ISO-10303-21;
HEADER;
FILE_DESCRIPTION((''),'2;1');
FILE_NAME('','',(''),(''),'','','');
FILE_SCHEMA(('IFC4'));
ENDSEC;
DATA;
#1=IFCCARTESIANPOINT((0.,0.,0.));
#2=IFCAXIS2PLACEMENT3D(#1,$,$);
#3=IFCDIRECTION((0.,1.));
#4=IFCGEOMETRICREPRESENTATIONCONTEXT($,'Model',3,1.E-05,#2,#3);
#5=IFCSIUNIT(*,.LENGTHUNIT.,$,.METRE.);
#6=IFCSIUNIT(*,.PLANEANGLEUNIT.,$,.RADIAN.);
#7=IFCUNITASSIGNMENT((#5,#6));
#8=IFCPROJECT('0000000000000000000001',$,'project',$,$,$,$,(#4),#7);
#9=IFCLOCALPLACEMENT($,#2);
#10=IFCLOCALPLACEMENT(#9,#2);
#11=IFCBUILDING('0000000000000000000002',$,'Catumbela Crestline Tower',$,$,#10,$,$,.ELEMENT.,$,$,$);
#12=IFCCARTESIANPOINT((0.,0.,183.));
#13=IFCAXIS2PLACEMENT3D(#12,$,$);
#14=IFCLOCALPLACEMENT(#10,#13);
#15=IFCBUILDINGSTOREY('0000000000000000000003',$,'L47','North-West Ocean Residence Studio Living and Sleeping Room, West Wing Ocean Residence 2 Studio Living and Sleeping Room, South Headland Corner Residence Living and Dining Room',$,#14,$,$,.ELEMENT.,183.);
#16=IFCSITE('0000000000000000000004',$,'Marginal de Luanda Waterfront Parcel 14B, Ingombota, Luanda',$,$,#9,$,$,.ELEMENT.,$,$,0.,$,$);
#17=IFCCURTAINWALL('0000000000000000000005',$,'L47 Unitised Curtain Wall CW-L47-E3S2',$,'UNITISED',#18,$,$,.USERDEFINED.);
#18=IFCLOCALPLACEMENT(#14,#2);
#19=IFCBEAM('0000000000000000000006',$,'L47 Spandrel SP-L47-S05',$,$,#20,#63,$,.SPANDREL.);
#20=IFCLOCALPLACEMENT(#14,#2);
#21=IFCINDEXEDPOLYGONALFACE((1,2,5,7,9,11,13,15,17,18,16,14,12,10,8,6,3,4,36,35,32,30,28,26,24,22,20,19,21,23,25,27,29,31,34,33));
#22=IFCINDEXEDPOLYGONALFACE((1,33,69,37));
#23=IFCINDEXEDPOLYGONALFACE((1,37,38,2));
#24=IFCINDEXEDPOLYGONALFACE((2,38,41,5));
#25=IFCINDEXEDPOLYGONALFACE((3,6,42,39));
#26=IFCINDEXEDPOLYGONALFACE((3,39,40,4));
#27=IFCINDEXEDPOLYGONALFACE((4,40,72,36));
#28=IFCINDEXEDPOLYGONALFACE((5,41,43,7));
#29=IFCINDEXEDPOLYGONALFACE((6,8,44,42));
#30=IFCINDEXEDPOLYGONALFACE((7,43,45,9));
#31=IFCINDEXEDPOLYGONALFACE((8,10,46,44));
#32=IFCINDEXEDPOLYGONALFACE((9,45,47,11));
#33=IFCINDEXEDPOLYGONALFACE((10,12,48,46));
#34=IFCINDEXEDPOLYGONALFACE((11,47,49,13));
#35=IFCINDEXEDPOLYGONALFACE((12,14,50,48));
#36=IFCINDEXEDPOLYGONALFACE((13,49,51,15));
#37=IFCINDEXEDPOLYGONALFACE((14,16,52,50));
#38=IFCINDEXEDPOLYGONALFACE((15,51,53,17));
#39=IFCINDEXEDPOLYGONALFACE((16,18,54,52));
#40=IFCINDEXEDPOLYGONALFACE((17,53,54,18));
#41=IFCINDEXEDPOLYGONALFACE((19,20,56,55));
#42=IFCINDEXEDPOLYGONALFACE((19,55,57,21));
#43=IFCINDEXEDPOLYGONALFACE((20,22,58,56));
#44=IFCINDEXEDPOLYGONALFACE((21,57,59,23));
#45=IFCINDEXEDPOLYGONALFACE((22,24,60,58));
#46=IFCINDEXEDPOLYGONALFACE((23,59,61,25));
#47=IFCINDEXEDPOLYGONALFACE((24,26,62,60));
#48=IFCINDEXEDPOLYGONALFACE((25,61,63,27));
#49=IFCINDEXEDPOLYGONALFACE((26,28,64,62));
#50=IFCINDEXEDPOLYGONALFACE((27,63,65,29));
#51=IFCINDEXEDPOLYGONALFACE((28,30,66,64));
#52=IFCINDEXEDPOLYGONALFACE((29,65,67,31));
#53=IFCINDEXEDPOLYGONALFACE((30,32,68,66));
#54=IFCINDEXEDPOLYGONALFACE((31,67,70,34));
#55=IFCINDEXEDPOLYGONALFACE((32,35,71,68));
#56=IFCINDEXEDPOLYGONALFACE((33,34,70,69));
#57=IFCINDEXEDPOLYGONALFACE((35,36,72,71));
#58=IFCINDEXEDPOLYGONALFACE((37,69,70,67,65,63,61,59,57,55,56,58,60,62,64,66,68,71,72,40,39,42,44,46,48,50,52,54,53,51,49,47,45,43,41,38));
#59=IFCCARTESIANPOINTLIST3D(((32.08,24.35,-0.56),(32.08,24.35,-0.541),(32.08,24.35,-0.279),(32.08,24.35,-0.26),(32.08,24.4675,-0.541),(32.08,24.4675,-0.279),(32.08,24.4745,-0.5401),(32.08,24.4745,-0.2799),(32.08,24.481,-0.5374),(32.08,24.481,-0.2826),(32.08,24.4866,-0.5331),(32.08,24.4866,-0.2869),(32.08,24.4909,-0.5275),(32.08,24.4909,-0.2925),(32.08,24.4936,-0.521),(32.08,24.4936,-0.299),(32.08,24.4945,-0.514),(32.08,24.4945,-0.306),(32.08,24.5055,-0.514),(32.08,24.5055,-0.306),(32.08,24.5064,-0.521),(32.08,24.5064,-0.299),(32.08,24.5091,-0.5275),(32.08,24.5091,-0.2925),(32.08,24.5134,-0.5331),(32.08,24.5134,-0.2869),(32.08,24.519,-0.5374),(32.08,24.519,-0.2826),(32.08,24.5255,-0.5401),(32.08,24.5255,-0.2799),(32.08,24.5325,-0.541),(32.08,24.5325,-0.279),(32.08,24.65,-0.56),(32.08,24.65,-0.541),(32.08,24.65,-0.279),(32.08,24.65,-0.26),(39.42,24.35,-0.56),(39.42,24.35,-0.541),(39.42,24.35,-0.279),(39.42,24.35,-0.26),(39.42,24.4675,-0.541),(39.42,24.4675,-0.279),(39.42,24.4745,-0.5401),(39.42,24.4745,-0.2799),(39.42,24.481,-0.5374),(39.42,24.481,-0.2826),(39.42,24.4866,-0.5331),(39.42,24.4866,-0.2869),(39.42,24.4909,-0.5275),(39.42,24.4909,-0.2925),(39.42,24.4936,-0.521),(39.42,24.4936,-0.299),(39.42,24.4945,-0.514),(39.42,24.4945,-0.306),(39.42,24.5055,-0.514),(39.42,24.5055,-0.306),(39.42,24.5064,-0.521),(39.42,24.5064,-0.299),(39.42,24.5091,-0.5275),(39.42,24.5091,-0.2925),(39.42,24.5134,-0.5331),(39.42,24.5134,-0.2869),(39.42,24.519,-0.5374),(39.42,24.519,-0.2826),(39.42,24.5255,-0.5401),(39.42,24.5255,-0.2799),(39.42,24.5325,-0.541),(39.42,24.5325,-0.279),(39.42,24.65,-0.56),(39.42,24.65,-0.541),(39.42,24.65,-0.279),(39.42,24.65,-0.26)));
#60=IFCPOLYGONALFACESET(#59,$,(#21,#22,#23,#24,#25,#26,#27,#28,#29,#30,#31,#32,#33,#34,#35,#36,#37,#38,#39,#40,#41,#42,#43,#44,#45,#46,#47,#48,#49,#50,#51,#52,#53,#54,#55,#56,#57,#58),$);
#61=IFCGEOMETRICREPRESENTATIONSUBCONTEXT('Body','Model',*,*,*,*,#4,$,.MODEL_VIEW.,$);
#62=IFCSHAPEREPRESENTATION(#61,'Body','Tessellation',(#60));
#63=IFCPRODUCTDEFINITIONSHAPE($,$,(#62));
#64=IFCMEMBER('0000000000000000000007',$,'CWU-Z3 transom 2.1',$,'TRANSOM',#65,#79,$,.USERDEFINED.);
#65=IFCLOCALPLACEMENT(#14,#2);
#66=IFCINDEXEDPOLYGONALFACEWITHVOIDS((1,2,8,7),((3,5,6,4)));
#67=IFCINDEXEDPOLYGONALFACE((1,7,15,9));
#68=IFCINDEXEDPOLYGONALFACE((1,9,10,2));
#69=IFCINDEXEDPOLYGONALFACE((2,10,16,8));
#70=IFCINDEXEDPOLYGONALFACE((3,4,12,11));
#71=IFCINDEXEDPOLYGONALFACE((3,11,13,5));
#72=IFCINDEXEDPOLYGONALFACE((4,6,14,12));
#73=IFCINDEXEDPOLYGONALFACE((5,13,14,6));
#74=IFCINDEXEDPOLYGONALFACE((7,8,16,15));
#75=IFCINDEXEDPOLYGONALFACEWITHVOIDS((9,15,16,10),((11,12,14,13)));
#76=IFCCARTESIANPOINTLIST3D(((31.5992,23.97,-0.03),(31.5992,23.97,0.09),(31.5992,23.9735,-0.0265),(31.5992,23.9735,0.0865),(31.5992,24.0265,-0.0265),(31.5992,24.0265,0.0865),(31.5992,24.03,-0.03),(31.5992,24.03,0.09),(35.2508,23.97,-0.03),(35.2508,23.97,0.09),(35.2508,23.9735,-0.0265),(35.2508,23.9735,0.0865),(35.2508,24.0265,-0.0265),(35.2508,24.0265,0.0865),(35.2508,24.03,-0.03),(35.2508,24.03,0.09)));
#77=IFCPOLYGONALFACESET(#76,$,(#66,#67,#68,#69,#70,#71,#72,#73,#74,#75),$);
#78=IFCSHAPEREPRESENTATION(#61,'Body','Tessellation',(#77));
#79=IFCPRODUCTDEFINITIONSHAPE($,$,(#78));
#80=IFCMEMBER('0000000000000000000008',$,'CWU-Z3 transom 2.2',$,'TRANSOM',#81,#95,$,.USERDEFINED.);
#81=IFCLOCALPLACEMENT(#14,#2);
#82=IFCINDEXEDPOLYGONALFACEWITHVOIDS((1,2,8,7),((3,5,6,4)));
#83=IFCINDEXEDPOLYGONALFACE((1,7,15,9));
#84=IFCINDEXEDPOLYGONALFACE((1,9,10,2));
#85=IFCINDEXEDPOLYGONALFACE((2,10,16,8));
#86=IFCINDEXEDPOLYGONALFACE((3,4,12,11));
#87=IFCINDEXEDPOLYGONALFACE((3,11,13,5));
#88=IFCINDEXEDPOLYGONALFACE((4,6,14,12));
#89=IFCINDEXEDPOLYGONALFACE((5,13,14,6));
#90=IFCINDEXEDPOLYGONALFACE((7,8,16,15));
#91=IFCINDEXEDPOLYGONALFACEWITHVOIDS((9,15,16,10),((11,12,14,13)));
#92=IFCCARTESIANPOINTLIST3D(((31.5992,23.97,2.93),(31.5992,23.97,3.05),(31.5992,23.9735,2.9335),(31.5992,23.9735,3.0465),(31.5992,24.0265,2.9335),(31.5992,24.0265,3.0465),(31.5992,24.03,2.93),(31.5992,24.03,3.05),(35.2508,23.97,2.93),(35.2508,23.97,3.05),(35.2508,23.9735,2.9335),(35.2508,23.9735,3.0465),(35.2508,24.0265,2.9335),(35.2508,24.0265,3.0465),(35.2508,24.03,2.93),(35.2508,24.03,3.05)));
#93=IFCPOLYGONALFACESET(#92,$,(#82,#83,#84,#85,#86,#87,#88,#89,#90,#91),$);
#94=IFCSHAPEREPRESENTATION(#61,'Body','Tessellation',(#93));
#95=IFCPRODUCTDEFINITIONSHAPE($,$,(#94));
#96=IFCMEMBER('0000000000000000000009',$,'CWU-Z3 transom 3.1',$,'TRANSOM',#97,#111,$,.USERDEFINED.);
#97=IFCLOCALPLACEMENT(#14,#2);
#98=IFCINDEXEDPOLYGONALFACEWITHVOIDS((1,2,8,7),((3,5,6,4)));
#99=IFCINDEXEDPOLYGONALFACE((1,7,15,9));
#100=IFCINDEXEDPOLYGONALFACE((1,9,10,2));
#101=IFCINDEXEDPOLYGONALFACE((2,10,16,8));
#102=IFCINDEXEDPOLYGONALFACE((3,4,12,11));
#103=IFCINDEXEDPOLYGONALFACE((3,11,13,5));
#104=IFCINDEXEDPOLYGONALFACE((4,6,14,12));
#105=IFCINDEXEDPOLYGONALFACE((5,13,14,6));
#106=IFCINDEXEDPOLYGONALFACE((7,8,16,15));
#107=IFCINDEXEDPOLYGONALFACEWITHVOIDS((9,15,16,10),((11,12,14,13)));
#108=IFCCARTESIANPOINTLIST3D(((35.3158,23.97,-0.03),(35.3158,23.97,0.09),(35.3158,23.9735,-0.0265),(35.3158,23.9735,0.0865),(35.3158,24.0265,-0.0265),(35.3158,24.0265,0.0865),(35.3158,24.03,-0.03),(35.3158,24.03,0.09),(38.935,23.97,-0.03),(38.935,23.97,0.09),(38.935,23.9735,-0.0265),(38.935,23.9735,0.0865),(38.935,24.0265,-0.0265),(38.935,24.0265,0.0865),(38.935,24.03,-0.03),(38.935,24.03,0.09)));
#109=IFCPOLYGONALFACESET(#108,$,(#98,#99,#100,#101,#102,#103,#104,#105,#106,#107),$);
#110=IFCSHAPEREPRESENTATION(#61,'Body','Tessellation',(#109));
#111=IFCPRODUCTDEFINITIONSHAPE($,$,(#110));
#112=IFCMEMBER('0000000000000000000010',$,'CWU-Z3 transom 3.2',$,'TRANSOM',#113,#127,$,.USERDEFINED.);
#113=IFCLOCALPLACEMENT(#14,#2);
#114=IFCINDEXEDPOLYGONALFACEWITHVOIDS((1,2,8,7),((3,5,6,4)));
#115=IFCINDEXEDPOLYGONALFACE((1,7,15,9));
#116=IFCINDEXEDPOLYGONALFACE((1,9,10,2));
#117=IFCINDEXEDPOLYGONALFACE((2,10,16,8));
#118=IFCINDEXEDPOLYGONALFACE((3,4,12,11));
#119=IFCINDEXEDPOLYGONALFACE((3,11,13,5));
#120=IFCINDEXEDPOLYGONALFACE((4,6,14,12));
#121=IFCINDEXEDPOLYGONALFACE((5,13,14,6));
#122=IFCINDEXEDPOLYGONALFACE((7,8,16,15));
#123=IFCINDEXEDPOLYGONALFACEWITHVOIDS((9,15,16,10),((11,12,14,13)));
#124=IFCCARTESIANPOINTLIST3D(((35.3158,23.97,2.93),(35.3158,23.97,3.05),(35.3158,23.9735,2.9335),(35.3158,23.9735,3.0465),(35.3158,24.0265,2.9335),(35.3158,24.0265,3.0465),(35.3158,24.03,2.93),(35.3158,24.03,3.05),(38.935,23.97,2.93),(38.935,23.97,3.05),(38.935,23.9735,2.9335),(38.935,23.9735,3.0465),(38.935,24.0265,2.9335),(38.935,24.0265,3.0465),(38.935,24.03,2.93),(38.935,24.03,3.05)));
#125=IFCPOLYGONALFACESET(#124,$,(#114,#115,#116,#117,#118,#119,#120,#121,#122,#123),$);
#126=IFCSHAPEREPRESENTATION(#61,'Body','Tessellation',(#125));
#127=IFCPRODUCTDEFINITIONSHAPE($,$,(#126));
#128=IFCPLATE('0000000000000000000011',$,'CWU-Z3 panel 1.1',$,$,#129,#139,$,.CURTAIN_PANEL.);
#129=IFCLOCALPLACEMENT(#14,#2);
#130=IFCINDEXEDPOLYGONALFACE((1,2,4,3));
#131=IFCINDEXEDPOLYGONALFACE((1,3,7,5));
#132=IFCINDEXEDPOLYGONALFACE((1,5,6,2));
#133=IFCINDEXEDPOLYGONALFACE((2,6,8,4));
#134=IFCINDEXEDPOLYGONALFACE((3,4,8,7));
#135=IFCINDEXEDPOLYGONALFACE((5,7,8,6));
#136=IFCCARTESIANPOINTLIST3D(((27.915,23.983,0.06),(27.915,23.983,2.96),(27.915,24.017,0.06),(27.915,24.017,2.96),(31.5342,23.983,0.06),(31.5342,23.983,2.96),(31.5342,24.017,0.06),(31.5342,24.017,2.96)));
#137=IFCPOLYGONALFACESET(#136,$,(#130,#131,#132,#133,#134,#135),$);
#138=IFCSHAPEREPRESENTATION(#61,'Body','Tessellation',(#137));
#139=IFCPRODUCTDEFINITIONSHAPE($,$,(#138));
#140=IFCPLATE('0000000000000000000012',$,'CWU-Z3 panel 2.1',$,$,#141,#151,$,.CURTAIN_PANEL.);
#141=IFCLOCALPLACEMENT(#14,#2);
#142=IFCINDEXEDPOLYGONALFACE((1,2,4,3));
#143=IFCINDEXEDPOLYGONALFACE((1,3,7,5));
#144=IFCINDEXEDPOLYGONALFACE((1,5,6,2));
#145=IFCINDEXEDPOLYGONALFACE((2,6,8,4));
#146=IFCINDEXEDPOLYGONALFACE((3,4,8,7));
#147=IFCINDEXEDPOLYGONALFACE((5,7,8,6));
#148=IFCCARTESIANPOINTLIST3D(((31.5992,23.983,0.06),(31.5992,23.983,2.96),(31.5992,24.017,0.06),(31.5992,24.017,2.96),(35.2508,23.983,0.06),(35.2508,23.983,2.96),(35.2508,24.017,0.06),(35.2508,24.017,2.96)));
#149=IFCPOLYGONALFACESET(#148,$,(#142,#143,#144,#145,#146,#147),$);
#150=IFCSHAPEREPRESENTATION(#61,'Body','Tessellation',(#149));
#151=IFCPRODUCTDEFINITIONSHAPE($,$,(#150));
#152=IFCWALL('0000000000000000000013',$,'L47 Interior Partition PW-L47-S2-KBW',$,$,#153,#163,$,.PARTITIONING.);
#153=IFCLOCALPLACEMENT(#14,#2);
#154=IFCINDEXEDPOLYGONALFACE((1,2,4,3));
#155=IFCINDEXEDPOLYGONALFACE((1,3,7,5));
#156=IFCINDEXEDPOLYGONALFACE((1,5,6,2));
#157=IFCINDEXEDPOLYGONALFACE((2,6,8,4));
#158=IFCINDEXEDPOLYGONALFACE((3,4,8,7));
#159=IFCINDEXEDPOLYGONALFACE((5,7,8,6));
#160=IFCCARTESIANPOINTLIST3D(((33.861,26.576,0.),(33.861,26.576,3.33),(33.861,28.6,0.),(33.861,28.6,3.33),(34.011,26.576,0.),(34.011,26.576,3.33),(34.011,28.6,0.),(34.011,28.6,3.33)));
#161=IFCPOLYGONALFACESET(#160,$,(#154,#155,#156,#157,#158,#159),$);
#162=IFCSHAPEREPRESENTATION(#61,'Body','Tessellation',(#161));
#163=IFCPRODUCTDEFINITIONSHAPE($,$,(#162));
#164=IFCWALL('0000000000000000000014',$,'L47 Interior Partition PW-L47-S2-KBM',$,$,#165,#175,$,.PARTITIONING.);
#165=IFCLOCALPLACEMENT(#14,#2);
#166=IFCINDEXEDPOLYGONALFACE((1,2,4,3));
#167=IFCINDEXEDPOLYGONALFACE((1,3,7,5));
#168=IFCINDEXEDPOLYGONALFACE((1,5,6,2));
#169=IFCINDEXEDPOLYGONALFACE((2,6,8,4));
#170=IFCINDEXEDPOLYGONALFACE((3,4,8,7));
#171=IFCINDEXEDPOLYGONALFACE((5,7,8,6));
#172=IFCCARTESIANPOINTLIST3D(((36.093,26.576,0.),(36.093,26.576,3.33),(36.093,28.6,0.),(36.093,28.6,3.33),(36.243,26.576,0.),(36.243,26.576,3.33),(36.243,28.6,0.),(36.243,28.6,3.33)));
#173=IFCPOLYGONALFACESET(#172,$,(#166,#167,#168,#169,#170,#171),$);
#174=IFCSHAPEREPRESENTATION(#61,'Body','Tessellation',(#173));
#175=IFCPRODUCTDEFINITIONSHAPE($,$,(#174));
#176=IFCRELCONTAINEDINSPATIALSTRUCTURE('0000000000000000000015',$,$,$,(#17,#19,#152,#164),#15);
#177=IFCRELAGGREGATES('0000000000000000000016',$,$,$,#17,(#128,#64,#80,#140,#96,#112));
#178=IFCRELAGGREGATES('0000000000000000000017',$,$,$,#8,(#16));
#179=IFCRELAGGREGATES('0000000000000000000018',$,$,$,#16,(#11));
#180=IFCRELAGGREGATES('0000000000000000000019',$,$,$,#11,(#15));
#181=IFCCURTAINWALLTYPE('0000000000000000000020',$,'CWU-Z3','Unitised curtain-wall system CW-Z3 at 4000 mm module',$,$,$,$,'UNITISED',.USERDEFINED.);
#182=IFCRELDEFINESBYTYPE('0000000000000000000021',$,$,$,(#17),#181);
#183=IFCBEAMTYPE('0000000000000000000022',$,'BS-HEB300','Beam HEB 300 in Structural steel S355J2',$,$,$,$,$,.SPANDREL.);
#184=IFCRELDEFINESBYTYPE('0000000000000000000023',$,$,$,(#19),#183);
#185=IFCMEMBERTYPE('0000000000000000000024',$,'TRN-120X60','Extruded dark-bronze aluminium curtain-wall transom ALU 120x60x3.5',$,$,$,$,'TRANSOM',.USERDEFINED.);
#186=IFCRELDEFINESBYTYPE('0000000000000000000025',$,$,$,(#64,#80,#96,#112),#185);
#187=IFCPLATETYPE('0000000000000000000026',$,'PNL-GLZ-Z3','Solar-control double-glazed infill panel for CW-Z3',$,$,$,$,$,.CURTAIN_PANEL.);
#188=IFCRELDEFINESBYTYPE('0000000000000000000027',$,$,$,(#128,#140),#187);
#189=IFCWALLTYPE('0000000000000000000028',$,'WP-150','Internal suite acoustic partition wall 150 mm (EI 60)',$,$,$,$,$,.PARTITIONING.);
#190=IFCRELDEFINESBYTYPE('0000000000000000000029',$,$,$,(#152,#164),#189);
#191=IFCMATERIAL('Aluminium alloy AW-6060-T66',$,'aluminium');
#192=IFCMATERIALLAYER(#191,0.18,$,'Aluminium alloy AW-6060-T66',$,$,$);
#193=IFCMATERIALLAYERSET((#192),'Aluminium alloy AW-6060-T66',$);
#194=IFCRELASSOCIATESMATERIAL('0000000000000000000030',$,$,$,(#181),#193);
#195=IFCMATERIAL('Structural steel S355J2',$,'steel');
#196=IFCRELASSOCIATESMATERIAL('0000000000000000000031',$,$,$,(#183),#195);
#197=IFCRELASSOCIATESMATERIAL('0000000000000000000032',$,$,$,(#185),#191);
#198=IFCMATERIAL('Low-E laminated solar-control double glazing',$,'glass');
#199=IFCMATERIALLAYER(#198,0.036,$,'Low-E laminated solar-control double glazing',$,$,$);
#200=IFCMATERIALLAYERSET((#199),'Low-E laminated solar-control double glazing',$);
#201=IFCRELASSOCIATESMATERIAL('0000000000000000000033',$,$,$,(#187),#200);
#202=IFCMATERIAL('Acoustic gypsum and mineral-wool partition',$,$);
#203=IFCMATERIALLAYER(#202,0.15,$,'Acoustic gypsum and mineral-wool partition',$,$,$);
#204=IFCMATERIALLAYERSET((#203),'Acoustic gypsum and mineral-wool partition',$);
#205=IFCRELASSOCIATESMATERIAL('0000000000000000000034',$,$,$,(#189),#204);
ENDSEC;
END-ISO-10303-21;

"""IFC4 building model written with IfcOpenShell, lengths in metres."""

from ifc_helpers import new_model, si_unit, direction, frame, frame_2d, origin, origin_2d, place, context, subcontext, project, spatial, rectangle, hollow_rectangle, i_section, extrude, material, layer, layer_set, material_profile, profile_set, type_object, element, aggregate, save


model = new_model("IFC4")

# Units and contexts
model_context = context("Model", 3, precision=1e-05, world=origin(), true_north=direction((0.0, 1.0)))
body_context = subcontext(model_context, "Body", "Model", "MODEL_VIEW")
ifc_project = project(units=[si_unit("LENGTHUNIT", "METRE"), si_unit("PLANEANGLEUNIT", "RADIAN")], contexts=[model_context])

# Site, building, storey
site_placement = place(None, origin())
site = spatial("IfcSite", under=ifc_project, at=site_placement, Name="Marginal de Luanda Waterfront Parcel 14B, Ingombota, Luanda", CompositionType="ELEMENT", RefElevation=0.0)
building_placement = place(site_placement, origin())
building = spatial("IfcBuilding", under=site, at=building_placement, Name="Catumbela Crestline Tower", CompositionType="ELEMENT")
storey_placement = place(building_placement, frame((0.0, 0.0, 183.0)))
storey = spatial("IfcBuildingStorey", under=building, at=storey_placement, Name="L47", Description="North-West Ocean Residence Studio Living and Sleeping Room, West Wing Ocean Residence 2 Studio Living and Sleeping Room, South Headland Corner Residence Living and Dining Room", CompositionType="ELEMENT", Elevation=183.0)

# Shared definitions
ifc_material_1 = material(Name="Structural steel S355J2", Category="steel")

# Curtain wall
ifc_material_2 = material(Name="Aluminium alloy AW-6060-T66", Category="aluminium")
ifc_layer_1 = layer(ifc_material_2, 0.18, Name="Aluminium alloy AW-6060-T66")
ifc_layer_set_1 = layer_set([ifc_layer_1], Name="Aluminium alloy AW-6060-T66")
curtain_wall_type = type_object("IfcCurtainWallType", Name="CWU-Z3", Description="Unitised curtain-wall system CW-Z3 at 4000 mm module", ElementType="UNITISED", PredefinedType="USERDEFINED", material=ifc_layer_set_1)
curtain_wall_placement = place(storey_placement, origin())
curtain_wall = element("IfcCurtainWall", 1, at=curtain_wall_placement, inside=storey, type_object=curtain_wall_type, Name="L47 Unitised Curtain Wall CW-L47-E3S2", ObjectType="UNITISED", PredefinedType="USERDEFINED")

# Beam
ifc_material_profile_1 = material_profile(ifc_material_1, i_section(OverallWidth=0.3, OverallDepth=0.3, WebThickness=0.011, FlangeThickness=0.019, FilletRadius=0.027, at=origin_2d()), Name="HEB 300")
ifc_profile_set_1 = profile_set([ifc_material_profile_1], Name="Structural steel S355J2")
beam_type_1 = type_object("IfcBeamType", Name="BS-HEB300", Description="Beam HEB 300 in Structural steel S355J2", PredefinedType="SPANDREL", material=ifc_profile_set_1)
beam_1_placement = place(storey_placement, frame((32.08, 24.5, -0.41), z_axis=(1.0, 0.0, 0.0), x_axis=(0.0, 1.0, 0.0)))
element("IfcBeam", 2, at=beam_1_placement, inside=storey, type_object=beam_type_1, Name="L47 Spandrel SP-L47-S05", PredefinedType="SPANDREL", context=body_context, shape_type="SweptSolid", body=[
    extrude(i_section(OverallWidth=0.3, OverallDepth=0.3, WebThickness=0.011, FlangeThickness=0.019, FilletRadius=0.027, at=origin_2d()), origin(), (0.0, 0.0, 1.0), 7.34),
])

# Members
ifc_material_profile_2 = material_profile(ifc_material_2, hollow_rectangle(XDim=0.06, YDim=0.12, WallThickness=0.0035, at=origin_2d()), Name="ALU 120x60x3.5")
ifc_profile_set_2 = profile_set([ifc_material_profile_2], Name="Aluminium alloy AW-6060-T66")
member_type_1 = type_object("IfcMemberType", Name="TRN-120X60", Description="Extruded dark-bronze aluminium curtain-wall transom ALU 120x60x3.5", ElementType="TRANSOM", PredefinedType="USERDEFINED", material=ifc_profile_set_2)
member_1_placement = place(storey_placement, frame((31.5992, 24.0, 0.03), z_axis=(1.0, 0.0, 0.0), x_axis=(0.0, 1.0, 0.0)))
member_1 = element("IfcMember", 3, at=member_1_placement, type_object=member_type_1, Name="CWU-Z3 transom 2.1", ObjectType="TRANSOM", PredefinedType="USERDEFINED", context=body_context, shape_type="SweptSolid", body=[
    extrude(hollow_rectangle(XDim=0.06, YDim=0.12, WallThickness=0.0035, at=origin_2d()), origin(), (0.0, 0.0, 1.0), 3.6516),
])
member_2_placement = place(storey_placement, frame((31.5992, 24.0, 2.99), z_axis=(1.0, 0.0, 0.0), x_axis=(0.0, 1.0, 0.0)))
member_2 = element("IfcMember", 4, at=member_2_placement, type_object=member_type_1, Name="CWU-Z3 transom 2.2", ObjectType="TRANSOM", PredefinedType="USERDEFINED", context=body_context, shape_type="SweptSolid", body=[
    extrude(hollow_rectangle(XDim=0.06, YDim=0.12, WallThickness=0.0035, at=origin_2d()), origin(), (0.0, 0.0, 1.0), 3.6516),
])
member_3_placement = place(storey_placement, frame((35.3158, 24.0, 0.03), z_axis=(1.0, 0.0, 0.0), x_axis=(0.0, 1.0, 0.0)))
member_3 = element("IfcMember", 5, at=member_3_placement, type_object=member_type_1, Name="CWU-Z3 transom 3.1", ObjectType="TRANSOM", PredefinedType="USERDEFINED", context=body_context, shape_type="SweptSolid", body=[
    extrude(hollow_rectangle(XDim=0.06, YDim=0.12, WallThickness=0.0035, at=origin_2d()), origin(), (0.0, 0.0, 1.0), 3.6192),
])
member_4_placement = place(storey_placement, frame((35.3158, 24.0, 2.99), z_axis=(1.0, 0.0, 0.0), x_axis=(0.0, 1.0, 0.0)))
member_4 = element("IfcMember", 6, at=member_4_placement, type_object=member_type_1, Name="CWU-Z3 transom 3.2", ObjectType="TRANSOM", PredefinedType="USERDEFINED", context=body_context, shape_type="SweptSolid", body=[
    extrude(hollow_rectangle(XDim=0.06, YDim=0.12, WallThickness=0.0035, at=origin_2d()), origin(), (0.0, 0.0, 1.0), 3.6192),
])

# Plates
ifc_material_3 = material(Name="Low-E laminated solar-control double glazing", Category="glass")
ifc_layer_2 = layer(ifc_material_3, 0.036, Name="Low-E laminated solar-control double glazing")
ifc_layer_set_2 = layer_set([ifc_layer_2], Name="Low-E laminated solar-control double glazing")
plate_type = type_object("IfcPlateType", Name="PNL-GLZ-Z3", Description="Solar-control double-glazed infill panel for CW-Z3", PredefinedType="CURTAIN_PANEL", material=ifc_layer_set_2)
plate_1_placement = place(storey_placement, frame((29.7246, 24.0, 0.06), z_axis=(0.0, 0.0, 1.0), x_axis=(1.0, 0.0, 0.0)))
plate_1 = element("IfcPlate", 7, at=plate_1_placement, type_object=plate_type, Name="CWU-Z3 panel 1.1", PredefinedType="CURTAIN_PANEL", context=body_context, shape_type="SweptSolid", body=[
    extrude(rectangle(XDim=3.6192, YDim=0.034, at=origin_2d()), origin(), (0.0, 0.0, 1.0), 2.9),
])
plate_2_placement = place(storey_placement, frame((33.425, 24.0, 0.06), z_axis=(0.0, 0.0, 1.0), x_axis=(1.0, 0.0, 0.0)))
plate_2 = element("IfcPlate", 8, at=plate_2_placement, type_object=plate_type, Name="CWU-Z3 panel 2.1", PredefinedType="CURTAIN_PANEL", context=body_context, shape_type="SweptSolid", body=[
    extrude(rectangle(XDim=3.6517, YDim=0.034, at=origin_2d()), origin(), (0.0, 0.0, 1.0), 2.9),
])
aggregate(curtain_wall, [plate_1, member_1, member_2, plate_2, member_3, member_4])

# Walls
ifc_material_4 = material(Name="Acoustic gypsum and mineral-wool partition")
ifc_layer_3 = layer(ifc_material_4, 0.15, Name="Acoustic gypsum and mineral-wool partition")
ifc_layer_set_3 = layer_set([ifc_layer_3], Name="Acoustic gypsum and mineral-wool partition")
wall_type_1 = type_object("IfcWallType", Name="WP-150", Description="Internal suite acoustic partition wall 150 mm (EI 60)", PredefinedType="PARTITIONING", material=ifc_layer_set_3)
for number, where, z_axis, x_axis, name in (
    (9, (33.936, 26.576, 0.0), (0.0, 0.0, 1.0), (0.0, 1.0, 0.0), "L47 Interior Partition PW-L47-S2-KBW"),
    (10, (36.168, 26.576, 0.0), (0.0, 0.0, 1.0), (0.0, 1.0, 0.0), "L47 Interior Partition PW-L47-S2-KBM"),
):
    element("IfcWall", number, at=place(storey_placement, frame(where, z_axis=z_axis, x_axis=x_axis)), inside=storey, type_object=wall_type_1, Name=name, PredefinedType="PARTITIONING", context=body_context, shape_type="SweptSolid", body=[
        extrude(rectangle(XDim=2.024, YDim=0.15, at=frame_2d((1.012, 0.0))), origin(), (0.0, 0.0, 1.0), 3.33),
    ])

save(model, "model.ifc")
